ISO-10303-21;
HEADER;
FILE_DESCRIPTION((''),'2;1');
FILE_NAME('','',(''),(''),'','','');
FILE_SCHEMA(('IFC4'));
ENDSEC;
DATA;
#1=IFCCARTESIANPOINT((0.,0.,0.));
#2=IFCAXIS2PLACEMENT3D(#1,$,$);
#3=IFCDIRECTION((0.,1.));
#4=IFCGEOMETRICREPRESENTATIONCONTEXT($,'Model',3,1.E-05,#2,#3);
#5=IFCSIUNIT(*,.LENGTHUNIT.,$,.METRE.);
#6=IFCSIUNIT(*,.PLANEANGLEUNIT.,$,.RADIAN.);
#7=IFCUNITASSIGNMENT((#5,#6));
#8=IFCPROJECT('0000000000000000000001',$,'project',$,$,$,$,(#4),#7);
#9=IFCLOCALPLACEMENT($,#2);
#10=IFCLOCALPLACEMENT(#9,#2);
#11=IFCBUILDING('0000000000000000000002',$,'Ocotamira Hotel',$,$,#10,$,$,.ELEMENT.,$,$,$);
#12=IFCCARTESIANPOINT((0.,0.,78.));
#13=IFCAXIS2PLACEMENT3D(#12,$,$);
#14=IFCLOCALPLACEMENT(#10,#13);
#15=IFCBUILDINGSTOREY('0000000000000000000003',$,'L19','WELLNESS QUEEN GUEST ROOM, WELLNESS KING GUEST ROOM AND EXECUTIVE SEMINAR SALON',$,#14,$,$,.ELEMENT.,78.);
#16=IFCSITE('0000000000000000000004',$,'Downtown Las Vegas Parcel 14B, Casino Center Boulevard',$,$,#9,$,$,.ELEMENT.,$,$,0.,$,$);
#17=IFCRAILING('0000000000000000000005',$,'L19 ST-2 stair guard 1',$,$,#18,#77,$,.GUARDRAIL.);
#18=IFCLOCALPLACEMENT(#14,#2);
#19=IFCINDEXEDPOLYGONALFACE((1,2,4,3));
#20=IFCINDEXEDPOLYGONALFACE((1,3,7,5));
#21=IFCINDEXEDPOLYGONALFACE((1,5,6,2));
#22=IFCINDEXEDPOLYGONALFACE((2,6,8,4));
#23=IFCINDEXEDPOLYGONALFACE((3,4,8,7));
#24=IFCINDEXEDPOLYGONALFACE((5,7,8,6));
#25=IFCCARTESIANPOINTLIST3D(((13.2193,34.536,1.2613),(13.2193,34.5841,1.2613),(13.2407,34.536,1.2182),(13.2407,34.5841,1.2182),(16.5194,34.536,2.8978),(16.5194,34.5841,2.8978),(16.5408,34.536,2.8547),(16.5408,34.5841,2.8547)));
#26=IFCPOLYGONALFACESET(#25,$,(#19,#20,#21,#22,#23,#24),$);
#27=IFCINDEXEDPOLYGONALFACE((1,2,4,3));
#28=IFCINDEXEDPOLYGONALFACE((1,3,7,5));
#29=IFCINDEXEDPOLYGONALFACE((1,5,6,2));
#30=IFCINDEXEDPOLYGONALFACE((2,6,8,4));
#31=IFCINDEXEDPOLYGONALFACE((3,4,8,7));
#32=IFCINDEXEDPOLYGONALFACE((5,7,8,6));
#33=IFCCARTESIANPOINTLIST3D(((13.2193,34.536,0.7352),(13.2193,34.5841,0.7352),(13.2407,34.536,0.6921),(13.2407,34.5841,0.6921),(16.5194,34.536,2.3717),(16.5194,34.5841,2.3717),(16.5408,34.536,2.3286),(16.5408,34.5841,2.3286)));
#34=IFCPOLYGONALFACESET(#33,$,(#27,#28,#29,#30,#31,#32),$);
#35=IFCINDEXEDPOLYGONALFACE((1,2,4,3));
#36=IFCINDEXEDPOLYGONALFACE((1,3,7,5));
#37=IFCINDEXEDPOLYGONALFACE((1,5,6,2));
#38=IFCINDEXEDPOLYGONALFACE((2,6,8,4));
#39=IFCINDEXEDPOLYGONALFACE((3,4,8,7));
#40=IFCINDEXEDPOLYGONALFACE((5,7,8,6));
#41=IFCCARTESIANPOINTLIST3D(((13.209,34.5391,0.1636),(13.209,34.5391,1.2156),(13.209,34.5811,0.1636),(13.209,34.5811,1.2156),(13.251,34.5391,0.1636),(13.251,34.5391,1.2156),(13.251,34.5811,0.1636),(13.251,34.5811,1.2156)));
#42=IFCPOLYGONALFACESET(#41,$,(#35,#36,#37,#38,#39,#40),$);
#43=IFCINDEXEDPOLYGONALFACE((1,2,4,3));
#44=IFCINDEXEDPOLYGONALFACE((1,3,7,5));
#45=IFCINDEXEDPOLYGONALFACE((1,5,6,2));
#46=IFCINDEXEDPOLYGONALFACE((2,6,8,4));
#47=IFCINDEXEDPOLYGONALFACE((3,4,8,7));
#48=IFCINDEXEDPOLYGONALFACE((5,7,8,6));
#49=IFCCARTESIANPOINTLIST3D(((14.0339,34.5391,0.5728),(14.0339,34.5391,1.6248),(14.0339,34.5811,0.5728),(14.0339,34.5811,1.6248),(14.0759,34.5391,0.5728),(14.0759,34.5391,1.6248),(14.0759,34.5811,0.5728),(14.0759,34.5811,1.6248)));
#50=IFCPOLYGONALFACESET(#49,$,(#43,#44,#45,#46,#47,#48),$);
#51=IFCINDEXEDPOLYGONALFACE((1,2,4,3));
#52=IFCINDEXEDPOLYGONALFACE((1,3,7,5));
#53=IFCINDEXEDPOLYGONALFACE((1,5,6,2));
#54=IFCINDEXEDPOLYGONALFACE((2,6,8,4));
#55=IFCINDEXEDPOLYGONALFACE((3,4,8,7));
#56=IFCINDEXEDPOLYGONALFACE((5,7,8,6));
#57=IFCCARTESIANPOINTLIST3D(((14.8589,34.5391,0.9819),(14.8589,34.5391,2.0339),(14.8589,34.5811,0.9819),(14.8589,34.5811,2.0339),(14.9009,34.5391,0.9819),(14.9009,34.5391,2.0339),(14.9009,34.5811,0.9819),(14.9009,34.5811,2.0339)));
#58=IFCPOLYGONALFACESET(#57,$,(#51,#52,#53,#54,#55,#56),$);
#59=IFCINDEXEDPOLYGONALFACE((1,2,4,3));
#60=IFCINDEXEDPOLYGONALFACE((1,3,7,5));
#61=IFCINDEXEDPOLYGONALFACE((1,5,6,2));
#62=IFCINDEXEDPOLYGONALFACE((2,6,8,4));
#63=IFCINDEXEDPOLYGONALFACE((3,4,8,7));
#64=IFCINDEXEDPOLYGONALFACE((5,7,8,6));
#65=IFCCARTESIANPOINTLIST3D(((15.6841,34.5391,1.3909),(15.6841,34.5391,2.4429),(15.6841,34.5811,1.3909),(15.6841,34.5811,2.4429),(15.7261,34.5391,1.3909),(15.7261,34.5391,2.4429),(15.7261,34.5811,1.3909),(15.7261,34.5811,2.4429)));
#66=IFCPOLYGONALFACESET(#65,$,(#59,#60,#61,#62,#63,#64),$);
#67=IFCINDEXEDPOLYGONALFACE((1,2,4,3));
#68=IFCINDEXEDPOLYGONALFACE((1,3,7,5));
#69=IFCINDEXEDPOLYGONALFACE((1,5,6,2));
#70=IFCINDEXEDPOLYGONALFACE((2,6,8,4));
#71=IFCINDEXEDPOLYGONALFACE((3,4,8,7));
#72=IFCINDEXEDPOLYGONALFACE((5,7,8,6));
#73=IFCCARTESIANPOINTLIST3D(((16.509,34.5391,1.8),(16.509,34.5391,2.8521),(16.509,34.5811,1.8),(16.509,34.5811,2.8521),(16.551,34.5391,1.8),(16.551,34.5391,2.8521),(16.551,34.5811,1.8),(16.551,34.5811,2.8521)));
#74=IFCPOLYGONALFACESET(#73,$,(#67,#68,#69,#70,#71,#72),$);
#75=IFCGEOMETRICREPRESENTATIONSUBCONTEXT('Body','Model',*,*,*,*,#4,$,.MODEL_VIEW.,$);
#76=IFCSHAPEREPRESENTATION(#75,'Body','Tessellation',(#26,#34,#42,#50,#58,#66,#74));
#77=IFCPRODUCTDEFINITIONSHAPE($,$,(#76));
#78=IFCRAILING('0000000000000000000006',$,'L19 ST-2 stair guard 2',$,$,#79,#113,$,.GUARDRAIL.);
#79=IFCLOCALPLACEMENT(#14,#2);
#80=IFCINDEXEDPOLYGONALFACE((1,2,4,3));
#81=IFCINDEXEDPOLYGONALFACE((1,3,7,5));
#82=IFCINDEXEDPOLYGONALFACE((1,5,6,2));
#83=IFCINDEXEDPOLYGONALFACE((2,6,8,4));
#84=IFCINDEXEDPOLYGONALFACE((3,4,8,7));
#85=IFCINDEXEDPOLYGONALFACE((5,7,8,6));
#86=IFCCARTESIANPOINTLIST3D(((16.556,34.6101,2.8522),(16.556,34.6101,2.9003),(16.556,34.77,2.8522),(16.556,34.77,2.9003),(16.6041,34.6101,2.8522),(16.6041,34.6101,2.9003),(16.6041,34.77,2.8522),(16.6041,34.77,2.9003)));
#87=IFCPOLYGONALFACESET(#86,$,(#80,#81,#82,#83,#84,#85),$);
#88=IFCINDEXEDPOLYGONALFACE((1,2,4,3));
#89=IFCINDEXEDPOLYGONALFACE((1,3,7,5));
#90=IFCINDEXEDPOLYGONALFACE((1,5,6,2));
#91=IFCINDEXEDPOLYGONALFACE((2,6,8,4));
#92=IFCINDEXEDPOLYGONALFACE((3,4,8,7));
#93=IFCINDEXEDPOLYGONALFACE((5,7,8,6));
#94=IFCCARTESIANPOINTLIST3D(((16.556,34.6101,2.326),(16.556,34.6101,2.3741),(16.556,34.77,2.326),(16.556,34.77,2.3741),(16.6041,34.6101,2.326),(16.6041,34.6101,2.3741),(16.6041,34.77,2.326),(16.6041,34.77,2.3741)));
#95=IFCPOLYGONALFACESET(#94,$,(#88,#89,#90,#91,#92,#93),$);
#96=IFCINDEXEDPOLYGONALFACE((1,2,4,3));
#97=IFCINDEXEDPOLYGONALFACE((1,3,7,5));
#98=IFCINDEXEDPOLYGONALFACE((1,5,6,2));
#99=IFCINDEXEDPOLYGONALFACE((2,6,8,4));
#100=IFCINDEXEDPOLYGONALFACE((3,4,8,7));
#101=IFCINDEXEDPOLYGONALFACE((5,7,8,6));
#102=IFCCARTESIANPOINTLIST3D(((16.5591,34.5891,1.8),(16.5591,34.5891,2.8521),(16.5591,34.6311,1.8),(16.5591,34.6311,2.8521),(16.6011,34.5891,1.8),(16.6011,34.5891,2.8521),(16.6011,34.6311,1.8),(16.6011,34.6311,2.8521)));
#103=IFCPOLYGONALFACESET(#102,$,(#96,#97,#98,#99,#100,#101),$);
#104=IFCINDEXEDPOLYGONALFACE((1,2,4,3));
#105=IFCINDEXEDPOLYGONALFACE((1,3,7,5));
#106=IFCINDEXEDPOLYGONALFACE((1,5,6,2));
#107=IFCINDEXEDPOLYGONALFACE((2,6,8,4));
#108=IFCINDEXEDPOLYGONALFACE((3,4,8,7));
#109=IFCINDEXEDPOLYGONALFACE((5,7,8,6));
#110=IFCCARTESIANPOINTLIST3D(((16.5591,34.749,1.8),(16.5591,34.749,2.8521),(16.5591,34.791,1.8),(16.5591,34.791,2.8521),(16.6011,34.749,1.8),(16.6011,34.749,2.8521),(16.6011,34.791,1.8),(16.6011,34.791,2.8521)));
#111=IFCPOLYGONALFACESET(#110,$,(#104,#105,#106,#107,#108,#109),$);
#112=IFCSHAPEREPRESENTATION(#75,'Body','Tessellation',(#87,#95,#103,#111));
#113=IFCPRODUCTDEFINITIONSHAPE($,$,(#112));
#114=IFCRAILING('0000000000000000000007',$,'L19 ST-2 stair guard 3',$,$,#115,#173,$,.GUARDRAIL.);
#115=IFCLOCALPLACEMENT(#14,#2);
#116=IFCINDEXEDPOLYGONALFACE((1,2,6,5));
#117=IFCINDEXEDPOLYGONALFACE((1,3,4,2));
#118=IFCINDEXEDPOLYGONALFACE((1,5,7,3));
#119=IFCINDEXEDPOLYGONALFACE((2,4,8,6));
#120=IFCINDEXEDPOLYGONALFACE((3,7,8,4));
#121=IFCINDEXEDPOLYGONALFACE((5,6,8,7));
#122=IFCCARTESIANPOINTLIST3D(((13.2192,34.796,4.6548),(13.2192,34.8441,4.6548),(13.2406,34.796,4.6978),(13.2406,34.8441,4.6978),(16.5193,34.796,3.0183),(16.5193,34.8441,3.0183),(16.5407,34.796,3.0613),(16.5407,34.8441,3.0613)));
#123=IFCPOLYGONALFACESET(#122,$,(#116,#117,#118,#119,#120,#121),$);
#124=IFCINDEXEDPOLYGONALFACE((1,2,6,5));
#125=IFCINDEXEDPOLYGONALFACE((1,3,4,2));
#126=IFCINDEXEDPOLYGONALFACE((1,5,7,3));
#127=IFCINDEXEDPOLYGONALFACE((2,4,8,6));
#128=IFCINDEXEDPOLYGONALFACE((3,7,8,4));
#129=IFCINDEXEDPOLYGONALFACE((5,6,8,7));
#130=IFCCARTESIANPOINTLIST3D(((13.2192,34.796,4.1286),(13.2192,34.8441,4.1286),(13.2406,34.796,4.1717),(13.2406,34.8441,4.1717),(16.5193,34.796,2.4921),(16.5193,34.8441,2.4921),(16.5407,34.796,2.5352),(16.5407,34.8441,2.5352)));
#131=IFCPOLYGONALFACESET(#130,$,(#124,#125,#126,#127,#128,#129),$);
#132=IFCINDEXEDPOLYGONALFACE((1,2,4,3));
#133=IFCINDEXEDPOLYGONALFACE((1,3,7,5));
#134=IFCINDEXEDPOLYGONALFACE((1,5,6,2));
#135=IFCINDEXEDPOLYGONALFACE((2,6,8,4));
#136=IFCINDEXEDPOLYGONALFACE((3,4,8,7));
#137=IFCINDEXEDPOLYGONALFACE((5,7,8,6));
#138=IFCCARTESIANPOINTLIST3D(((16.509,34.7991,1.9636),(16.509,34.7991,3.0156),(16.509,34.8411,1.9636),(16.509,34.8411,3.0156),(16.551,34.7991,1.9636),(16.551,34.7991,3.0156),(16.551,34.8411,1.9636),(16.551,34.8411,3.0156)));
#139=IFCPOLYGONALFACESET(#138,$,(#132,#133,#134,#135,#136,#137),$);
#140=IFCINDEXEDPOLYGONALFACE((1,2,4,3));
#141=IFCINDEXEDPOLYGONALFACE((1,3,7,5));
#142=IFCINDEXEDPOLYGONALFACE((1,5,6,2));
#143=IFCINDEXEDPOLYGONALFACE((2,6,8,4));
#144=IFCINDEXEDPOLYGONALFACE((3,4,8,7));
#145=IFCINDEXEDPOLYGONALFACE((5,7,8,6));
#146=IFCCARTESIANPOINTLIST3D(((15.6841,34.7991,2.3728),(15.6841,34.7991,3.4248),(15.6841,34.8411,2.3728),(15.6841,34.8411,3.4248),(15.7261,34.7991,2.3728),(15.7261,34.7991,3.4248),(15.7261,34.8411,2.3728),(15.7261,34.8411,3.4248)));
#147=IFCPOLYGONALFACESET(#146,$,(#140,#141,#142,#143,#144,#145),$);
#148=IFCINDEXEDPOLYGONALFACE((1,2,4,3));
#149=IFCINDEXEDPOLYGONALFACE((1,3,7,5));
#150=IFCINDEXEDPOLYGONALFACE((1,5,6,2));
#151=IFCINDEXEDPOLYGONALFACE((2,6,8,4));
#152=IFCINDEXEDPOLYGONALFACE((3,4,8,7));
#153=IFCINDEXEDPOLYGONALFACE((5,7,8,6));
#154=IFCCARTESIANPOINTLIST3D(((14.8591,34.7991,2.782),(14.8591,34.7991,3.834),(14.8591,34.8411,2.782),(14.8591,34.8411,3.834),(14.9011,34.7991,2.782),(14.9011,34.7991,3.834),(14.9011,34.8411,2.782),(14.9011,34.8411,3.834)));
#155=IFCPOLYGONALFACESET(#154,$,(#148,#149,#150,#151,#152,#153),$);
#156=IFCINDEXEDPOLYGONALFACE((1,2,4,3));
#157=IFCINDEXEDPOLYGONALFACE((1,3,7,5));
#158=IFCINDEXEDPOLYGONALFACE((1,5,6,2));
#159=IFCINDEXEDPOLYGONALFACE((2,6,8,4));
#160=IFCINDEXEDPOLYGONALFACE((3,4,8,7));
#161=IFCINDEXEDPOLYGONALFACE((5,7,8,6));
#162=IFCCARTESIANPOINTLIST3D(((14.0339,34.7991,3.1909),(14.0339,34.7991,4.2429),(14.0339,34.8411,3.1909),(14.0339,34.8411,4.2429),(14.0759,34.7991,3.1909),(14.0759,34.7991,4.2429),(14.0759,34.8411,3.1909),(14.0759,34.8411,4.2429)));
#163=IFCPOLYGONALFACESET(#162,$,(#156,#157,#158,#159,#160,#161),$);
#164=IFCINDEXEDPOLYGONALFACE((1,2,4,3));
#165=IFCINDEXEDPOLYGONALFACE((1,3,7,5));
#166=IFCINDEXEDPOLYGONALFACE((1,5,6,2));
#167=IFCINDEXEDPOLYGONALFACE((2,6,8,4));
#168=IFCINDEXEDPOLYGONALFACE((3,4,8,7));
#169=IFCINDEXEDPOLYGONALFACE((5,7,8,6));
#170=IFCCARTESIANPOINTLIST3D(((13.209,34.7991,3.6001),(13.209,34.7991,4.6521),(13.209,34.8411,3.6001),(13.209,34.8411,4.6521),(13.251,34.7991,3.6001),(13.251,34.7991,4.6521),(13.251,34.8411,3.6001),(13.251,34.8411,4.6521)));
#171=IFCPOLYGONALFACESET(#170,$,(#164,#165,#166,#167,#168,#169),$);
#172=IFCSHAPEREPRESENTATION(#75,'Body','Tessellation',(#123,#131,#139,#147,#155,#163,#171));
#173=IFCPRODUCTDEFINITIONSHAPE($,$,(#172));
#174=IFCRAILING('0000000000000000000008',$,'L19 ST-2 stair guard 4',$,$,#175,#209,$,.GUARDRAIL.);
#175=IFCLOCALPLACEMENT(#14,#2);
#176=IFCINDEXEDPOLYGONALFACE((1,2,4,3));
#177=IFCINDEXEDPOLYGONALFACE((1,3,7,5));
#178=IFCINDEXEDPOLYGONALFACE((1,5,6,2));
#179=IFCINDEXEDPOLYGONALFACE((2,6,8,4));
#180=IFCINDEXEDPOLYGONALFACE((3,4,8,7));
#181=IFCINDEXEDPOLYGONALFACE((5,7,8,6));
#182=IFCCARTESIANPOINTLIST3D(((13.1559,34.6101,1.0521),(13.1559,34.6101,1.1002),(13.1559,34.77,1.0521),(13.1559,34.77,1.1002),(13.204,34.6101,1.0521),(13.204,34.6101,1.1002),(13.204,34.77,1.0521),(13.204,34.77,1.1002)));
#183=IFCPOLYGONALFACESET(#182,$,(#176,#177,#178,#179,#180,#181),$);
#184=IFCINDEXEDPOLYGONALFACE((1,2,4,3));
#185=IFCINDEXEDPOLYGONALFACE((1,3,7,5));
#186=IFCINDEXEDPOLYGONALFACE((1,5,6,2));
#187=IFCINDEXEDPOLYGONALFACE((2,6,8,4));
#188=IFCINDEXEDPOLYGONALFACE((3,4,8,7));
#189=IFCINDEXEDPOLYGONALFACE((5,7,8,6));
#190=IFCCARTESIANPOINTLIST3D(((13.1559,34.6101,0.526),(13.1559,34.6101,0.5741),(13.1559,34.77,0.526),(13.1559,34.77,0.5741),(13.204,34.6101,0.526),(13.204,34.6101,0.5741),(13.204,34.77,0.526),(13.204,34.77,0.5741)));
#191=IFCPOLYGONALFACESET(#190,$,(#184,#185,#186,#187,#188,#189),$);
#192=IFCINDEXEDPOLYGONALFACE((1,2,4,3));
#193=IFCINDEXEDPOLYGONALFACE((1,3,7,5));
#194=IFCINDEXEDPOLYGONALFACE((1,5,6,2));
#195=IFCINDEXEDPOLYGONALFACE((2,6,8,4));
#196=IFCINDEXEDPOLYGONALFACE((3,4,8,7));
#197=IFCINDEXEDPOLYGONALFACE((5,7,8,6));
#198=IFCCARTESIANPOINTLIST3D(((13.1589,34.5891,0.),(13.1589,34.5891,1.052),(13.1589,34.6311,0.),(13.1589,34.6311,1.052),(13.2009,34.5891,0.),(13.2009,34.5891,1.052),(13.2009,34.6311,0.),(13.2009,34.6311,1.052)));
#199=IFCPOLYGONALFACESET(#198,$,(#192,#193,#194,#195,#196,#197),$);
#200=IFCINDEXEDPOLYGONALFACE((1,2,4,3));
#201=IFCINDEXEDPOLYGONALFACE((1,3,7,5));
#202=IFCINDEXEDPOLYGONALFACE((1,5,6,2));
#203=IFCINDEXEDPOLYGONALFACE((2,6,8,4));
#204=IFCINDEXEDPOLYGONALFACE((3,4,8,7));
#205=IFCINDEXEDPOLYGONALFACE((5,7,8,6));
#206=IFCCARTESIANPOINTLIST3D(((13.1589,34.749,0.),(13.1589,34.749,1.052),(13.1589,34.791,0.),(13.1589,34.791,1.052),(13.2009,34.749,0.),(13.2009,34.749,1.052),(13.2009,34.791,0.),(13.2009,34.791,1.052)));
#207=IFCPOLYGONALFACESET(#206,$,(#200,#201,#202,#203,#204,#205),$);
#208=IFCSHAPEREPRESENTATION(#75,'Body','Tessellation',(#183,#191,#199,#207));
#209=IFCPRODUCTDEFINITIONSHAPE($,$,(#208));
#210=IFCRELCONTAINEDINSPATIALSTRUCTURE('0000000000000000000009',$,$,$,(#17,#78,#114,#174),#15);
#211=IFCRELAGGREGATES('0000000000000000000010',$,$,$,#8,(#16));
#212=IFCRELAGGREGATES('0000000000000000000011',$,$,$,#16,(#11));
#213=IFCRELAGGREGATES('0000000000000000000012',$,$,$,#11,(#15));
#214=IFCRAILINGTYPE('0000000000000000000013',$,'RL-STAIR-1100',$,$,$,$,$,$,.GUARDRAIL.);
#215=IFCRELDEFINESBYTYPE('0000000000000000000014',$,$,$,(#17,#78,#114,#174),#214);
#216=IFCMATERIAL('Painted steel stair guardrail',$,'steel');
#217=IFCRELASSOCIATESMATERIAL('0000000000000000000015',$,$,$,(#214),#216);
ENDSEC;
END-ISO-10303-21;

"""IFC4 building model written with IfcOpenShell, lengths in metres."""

from ifc_helpers import new_model, si_unit, direction, frame, origin, origin_2d, place, context, subcontext, project, spatial, rectangle, extrude, material, type_object, element, save


model = new_model("IFC4")

# Units and contexts
model_context = context("Model", 3, precision=1e-05, world=origin(), true_north=direction((0.0, 1.0)))
body_context = subcontext(model_context, "Body", "Model", "MODEL_VIEW")
ifc_project = project(units=[si_unit("LENGTHUNIT", "METRE"), si_unit("PLANEANGLEUNIT", "RADIAN")], contexts=[model_context])

# Site, building, storey
site_placement = place(None, origin())
site = spatial("IfcSite", under=ifc_project, at=site_placement, Name="Downtown Las Vegas Parcel 14B, Casino Center Boulevard", CompositionType="ELEMENT", RefElevation=0.0)
building_placement = place(site_placement, origin())
building = spatial("IfcBuilding", under=site, at=building_placement, Name="Ocotamira Hotel", CompositionType="ELEMENT")
storey_placement = place(building_placement, frame((0.0, 0.0, 78.0)))
storey = spatial("IfcBuildingStorey", under=building, at=storey_placement, Name="L19", Description="WELLNESS QUEEN GUEST ROOM, WELLNESS KING GUEST ROOM AND EXECUTIVE SEMINAR SALON", CompositionType="ELEMENT", Elevation=78.0)

# Railings
ifc_material_1 = material(Name="Painted steel stair guardrail", Category="steel")
railing_type_1 = type_object("IfcRailingType", Name="RL-STAIR-1100", PredefinedType="GUARDRAIL", material=ifc_material_1)
railing_1_placement = place(storey_placement, frame((13.23, 34.5601, 0.1636)))
element("IfcRailing", 1, at=railing_1_placement, inside=storey, type_object=railing_type_1, Name="L19 ST-2 stair guard 1", PredefinedType="GUARDRAIL", context=body_context, shape_type="SweptSolid", body=[
    extrude(rectangle(XDim=0.0481, YDim=0.0481, at=origin_2d()), frame((0.0, 0.0, 1.0762), z_axis=(0.895894, 0.0, 0.444268), x_axis=(0.0, 1.0, 0.0)), (0.0, 0.0, 1.0), 3.6836),
    extrude(rectangle(XDim=0.0481, YDim=0.0481, at=origin_2d()), frame((0.0, 0.0, 0.55), z_axis=(0.895894, 0.0, 0.444268), x_axis=(0.0, 1.0, 0.0)), (0.0, 0.0, 1.0), 3.6836),
    extrude(rectangle(XDim=0.042, YDim=0.042, at=origin_2d()), origin(), (0.0, 0.0, 1.0), 1.052),
    extrude(rectangle(XDim=0.042, YDim=0.042, at=origin_2d()), frame((0.825, 0.0, 0.4092)), (0.0, 0.0, 1.0), 1.052),
    extrude(rectangle(XDim=0.042, YDim=0.042, at=origin_2d()), frame((1.6499, 0.0, 0.8184)), (0.0, 0.0, 1.0), 1.052),
    extrude(rectangle(XDim=0.042, YDim=0.042, at=origin_2d()), frame((2.4751, 0.0, 1.2273)), (0.0, 0.0, 1.0), 1.052),
    extrude(rectangle(XDim=0.042, YDim=0.042, at=origin_2d()), frame((3.3, 0.0, 1.6365)), (0.0, 0.0, 1.0), 1.052),
])
railing_2_placement = place(storey_placement, frame((16.5801, 34.6101, 1.8)))
element("IfcRailing", 2, at=railing_2_placement, inside=storey, type_object=railing_type_1, Name="L19 ST-2 stair guard 2", PredefinedType="GUARDRAIL", context=body_context, shape_type="SweptSolid", body=[
    extrude(rectangle(XDim=0.0481, YDim=0.0481, at=origin_2d()), frame((0.0, 0.0, 1.0762), z_axis=(0.0, 1.0, 0.0), x_axis=(-1.0, 0.0, 0.0)), (0.0, 0.0, 1.0), 0.1599),
    extrude(rectangle(XDim=0.0481, YDim=0.0481, at=origin_2d()), frame((0.0, 0.0, 0.55), z_axis=(0.0, 1.0, 0.0), x_axis=(-1.0, 0.0, 0.0)), (0.0, 0.0, 1.0), 0.1599),
    extrude(rectangle(XDim=0.042, YDim=0.042, at=origin_2d()), origin(), (0.0, 0.0, 1.0), 1.052),
    extrude(rectangle(XDim=0.042, YDim=0.042, at=origin_2d()), frame((0.0, 0.1599, 0.0)), (0.0, 0.0, 1.0), 1.052),
])
railing_3_placement = place(storey_placement, frame((16.53, 34.8201, 1.9636)))
element("IfcRailing", 3, at=railing_3_placement, inside=storey, type_object=railing_type_1, Name="L19 ST-2 stair guard 3", PredefinedType="GUARDRAIL", context=body_context, shape_type="SweptSolid", body=[
    extrude(rectangle(XDim=0.0481, YDim=0.0481, at=origin_2d()), frame((0.0, 0.0, 1.0762), z_axis=(-0.895894, 0.0, 0.444268), x_axis=(0.0, -1.0, 0.0)), (0.0, 0.0, 1.0), 3.6836),
    extrude(rectangle(XDim=0.0481, YDim=0.0481, at=origin_2d()), frame((0.0, 0.0, 0.55), z_axis=(-0.895894, 0.0, 0.444268), x_axis=(0.0, -1.0, 0.0)), (0.0, 0.0, 1.0), 3.6836),
    extrude(rectangle(XDim=0.042, YDim=0.042, at=origin_2d()), origin(), (0.0, 0.0, 1.0), 1.052),
    extrude(rectangle(XDim=0.042, YDim=0.042, at=origin_2d()), frame((-0.825, 0.0, 0.4092)), (0.0, 0.0, 1.0), 1.052),
    extrude(rectangle(XDim=0.042, YDim=0.042, at=origin_2d()), frame((-1.6499, 0.0, 0.8184)), (0.0, 0.0, 1.0), 1.052),
    extrude(rectangle(XDim=0.042, YDim=0.042, at=origin_2d()), frame((-2.4751, 0.0, 1.2273)), (0.0, 0.0, 1.0), 1.052),
    extrude(rectangle(XDim=0.042, YDim=0.042, at=origin_2d()), frame((-3.3, 0.0, 1.6365)), (0.0, 0.0, 1.0), 1.052),
])
railing_4_placement = place(storey_placement, frame((13.1799, 34.6101, 0.0)))
element("IfcRailing", 4, at=railing_4_placement, inside=storey, type_object=railing_type_1, Name="L19 ST-2 stair guard 4", PredefinedType="GUARDRAIL", context=body_context, shape_type="SweptSolid", body=[
    extrude(rectangle(XDim=0.0481, YDim=0.0481, at=origin_2d()), frame((0.0, 0.0, 1.0762), z_axis=(0.0, 1.0, 0.0), x_axis=(-1.0, 0.0, 0.0)), (0.0, 0.0, 1.0), 0.1599),
    extrude(rectangle(XDim=0.0481, YDim=0.0481, at=origin_2d()), frame((0.0, 0.0, 0.55), z_axis=(0.0, 1.0, 0.0), x_axis=(-1.0, 0.0, 0.0)), (0.0, 0.0, 1.0), 0.1599),
    extrude(rectangle(XDim=0.042, YDim=0.042, at=origin_2d()), origin(), (0.0, 0.0, 1.0), 1.052),
    extrude(rectangle(XDim=0.042, YDim=0.042, at=origin_2d()), frame((0.0, 0.1599, 0.0)), (0.0, 0.0, 1.0), 1.052),
])

save(model, "model.ifc")
